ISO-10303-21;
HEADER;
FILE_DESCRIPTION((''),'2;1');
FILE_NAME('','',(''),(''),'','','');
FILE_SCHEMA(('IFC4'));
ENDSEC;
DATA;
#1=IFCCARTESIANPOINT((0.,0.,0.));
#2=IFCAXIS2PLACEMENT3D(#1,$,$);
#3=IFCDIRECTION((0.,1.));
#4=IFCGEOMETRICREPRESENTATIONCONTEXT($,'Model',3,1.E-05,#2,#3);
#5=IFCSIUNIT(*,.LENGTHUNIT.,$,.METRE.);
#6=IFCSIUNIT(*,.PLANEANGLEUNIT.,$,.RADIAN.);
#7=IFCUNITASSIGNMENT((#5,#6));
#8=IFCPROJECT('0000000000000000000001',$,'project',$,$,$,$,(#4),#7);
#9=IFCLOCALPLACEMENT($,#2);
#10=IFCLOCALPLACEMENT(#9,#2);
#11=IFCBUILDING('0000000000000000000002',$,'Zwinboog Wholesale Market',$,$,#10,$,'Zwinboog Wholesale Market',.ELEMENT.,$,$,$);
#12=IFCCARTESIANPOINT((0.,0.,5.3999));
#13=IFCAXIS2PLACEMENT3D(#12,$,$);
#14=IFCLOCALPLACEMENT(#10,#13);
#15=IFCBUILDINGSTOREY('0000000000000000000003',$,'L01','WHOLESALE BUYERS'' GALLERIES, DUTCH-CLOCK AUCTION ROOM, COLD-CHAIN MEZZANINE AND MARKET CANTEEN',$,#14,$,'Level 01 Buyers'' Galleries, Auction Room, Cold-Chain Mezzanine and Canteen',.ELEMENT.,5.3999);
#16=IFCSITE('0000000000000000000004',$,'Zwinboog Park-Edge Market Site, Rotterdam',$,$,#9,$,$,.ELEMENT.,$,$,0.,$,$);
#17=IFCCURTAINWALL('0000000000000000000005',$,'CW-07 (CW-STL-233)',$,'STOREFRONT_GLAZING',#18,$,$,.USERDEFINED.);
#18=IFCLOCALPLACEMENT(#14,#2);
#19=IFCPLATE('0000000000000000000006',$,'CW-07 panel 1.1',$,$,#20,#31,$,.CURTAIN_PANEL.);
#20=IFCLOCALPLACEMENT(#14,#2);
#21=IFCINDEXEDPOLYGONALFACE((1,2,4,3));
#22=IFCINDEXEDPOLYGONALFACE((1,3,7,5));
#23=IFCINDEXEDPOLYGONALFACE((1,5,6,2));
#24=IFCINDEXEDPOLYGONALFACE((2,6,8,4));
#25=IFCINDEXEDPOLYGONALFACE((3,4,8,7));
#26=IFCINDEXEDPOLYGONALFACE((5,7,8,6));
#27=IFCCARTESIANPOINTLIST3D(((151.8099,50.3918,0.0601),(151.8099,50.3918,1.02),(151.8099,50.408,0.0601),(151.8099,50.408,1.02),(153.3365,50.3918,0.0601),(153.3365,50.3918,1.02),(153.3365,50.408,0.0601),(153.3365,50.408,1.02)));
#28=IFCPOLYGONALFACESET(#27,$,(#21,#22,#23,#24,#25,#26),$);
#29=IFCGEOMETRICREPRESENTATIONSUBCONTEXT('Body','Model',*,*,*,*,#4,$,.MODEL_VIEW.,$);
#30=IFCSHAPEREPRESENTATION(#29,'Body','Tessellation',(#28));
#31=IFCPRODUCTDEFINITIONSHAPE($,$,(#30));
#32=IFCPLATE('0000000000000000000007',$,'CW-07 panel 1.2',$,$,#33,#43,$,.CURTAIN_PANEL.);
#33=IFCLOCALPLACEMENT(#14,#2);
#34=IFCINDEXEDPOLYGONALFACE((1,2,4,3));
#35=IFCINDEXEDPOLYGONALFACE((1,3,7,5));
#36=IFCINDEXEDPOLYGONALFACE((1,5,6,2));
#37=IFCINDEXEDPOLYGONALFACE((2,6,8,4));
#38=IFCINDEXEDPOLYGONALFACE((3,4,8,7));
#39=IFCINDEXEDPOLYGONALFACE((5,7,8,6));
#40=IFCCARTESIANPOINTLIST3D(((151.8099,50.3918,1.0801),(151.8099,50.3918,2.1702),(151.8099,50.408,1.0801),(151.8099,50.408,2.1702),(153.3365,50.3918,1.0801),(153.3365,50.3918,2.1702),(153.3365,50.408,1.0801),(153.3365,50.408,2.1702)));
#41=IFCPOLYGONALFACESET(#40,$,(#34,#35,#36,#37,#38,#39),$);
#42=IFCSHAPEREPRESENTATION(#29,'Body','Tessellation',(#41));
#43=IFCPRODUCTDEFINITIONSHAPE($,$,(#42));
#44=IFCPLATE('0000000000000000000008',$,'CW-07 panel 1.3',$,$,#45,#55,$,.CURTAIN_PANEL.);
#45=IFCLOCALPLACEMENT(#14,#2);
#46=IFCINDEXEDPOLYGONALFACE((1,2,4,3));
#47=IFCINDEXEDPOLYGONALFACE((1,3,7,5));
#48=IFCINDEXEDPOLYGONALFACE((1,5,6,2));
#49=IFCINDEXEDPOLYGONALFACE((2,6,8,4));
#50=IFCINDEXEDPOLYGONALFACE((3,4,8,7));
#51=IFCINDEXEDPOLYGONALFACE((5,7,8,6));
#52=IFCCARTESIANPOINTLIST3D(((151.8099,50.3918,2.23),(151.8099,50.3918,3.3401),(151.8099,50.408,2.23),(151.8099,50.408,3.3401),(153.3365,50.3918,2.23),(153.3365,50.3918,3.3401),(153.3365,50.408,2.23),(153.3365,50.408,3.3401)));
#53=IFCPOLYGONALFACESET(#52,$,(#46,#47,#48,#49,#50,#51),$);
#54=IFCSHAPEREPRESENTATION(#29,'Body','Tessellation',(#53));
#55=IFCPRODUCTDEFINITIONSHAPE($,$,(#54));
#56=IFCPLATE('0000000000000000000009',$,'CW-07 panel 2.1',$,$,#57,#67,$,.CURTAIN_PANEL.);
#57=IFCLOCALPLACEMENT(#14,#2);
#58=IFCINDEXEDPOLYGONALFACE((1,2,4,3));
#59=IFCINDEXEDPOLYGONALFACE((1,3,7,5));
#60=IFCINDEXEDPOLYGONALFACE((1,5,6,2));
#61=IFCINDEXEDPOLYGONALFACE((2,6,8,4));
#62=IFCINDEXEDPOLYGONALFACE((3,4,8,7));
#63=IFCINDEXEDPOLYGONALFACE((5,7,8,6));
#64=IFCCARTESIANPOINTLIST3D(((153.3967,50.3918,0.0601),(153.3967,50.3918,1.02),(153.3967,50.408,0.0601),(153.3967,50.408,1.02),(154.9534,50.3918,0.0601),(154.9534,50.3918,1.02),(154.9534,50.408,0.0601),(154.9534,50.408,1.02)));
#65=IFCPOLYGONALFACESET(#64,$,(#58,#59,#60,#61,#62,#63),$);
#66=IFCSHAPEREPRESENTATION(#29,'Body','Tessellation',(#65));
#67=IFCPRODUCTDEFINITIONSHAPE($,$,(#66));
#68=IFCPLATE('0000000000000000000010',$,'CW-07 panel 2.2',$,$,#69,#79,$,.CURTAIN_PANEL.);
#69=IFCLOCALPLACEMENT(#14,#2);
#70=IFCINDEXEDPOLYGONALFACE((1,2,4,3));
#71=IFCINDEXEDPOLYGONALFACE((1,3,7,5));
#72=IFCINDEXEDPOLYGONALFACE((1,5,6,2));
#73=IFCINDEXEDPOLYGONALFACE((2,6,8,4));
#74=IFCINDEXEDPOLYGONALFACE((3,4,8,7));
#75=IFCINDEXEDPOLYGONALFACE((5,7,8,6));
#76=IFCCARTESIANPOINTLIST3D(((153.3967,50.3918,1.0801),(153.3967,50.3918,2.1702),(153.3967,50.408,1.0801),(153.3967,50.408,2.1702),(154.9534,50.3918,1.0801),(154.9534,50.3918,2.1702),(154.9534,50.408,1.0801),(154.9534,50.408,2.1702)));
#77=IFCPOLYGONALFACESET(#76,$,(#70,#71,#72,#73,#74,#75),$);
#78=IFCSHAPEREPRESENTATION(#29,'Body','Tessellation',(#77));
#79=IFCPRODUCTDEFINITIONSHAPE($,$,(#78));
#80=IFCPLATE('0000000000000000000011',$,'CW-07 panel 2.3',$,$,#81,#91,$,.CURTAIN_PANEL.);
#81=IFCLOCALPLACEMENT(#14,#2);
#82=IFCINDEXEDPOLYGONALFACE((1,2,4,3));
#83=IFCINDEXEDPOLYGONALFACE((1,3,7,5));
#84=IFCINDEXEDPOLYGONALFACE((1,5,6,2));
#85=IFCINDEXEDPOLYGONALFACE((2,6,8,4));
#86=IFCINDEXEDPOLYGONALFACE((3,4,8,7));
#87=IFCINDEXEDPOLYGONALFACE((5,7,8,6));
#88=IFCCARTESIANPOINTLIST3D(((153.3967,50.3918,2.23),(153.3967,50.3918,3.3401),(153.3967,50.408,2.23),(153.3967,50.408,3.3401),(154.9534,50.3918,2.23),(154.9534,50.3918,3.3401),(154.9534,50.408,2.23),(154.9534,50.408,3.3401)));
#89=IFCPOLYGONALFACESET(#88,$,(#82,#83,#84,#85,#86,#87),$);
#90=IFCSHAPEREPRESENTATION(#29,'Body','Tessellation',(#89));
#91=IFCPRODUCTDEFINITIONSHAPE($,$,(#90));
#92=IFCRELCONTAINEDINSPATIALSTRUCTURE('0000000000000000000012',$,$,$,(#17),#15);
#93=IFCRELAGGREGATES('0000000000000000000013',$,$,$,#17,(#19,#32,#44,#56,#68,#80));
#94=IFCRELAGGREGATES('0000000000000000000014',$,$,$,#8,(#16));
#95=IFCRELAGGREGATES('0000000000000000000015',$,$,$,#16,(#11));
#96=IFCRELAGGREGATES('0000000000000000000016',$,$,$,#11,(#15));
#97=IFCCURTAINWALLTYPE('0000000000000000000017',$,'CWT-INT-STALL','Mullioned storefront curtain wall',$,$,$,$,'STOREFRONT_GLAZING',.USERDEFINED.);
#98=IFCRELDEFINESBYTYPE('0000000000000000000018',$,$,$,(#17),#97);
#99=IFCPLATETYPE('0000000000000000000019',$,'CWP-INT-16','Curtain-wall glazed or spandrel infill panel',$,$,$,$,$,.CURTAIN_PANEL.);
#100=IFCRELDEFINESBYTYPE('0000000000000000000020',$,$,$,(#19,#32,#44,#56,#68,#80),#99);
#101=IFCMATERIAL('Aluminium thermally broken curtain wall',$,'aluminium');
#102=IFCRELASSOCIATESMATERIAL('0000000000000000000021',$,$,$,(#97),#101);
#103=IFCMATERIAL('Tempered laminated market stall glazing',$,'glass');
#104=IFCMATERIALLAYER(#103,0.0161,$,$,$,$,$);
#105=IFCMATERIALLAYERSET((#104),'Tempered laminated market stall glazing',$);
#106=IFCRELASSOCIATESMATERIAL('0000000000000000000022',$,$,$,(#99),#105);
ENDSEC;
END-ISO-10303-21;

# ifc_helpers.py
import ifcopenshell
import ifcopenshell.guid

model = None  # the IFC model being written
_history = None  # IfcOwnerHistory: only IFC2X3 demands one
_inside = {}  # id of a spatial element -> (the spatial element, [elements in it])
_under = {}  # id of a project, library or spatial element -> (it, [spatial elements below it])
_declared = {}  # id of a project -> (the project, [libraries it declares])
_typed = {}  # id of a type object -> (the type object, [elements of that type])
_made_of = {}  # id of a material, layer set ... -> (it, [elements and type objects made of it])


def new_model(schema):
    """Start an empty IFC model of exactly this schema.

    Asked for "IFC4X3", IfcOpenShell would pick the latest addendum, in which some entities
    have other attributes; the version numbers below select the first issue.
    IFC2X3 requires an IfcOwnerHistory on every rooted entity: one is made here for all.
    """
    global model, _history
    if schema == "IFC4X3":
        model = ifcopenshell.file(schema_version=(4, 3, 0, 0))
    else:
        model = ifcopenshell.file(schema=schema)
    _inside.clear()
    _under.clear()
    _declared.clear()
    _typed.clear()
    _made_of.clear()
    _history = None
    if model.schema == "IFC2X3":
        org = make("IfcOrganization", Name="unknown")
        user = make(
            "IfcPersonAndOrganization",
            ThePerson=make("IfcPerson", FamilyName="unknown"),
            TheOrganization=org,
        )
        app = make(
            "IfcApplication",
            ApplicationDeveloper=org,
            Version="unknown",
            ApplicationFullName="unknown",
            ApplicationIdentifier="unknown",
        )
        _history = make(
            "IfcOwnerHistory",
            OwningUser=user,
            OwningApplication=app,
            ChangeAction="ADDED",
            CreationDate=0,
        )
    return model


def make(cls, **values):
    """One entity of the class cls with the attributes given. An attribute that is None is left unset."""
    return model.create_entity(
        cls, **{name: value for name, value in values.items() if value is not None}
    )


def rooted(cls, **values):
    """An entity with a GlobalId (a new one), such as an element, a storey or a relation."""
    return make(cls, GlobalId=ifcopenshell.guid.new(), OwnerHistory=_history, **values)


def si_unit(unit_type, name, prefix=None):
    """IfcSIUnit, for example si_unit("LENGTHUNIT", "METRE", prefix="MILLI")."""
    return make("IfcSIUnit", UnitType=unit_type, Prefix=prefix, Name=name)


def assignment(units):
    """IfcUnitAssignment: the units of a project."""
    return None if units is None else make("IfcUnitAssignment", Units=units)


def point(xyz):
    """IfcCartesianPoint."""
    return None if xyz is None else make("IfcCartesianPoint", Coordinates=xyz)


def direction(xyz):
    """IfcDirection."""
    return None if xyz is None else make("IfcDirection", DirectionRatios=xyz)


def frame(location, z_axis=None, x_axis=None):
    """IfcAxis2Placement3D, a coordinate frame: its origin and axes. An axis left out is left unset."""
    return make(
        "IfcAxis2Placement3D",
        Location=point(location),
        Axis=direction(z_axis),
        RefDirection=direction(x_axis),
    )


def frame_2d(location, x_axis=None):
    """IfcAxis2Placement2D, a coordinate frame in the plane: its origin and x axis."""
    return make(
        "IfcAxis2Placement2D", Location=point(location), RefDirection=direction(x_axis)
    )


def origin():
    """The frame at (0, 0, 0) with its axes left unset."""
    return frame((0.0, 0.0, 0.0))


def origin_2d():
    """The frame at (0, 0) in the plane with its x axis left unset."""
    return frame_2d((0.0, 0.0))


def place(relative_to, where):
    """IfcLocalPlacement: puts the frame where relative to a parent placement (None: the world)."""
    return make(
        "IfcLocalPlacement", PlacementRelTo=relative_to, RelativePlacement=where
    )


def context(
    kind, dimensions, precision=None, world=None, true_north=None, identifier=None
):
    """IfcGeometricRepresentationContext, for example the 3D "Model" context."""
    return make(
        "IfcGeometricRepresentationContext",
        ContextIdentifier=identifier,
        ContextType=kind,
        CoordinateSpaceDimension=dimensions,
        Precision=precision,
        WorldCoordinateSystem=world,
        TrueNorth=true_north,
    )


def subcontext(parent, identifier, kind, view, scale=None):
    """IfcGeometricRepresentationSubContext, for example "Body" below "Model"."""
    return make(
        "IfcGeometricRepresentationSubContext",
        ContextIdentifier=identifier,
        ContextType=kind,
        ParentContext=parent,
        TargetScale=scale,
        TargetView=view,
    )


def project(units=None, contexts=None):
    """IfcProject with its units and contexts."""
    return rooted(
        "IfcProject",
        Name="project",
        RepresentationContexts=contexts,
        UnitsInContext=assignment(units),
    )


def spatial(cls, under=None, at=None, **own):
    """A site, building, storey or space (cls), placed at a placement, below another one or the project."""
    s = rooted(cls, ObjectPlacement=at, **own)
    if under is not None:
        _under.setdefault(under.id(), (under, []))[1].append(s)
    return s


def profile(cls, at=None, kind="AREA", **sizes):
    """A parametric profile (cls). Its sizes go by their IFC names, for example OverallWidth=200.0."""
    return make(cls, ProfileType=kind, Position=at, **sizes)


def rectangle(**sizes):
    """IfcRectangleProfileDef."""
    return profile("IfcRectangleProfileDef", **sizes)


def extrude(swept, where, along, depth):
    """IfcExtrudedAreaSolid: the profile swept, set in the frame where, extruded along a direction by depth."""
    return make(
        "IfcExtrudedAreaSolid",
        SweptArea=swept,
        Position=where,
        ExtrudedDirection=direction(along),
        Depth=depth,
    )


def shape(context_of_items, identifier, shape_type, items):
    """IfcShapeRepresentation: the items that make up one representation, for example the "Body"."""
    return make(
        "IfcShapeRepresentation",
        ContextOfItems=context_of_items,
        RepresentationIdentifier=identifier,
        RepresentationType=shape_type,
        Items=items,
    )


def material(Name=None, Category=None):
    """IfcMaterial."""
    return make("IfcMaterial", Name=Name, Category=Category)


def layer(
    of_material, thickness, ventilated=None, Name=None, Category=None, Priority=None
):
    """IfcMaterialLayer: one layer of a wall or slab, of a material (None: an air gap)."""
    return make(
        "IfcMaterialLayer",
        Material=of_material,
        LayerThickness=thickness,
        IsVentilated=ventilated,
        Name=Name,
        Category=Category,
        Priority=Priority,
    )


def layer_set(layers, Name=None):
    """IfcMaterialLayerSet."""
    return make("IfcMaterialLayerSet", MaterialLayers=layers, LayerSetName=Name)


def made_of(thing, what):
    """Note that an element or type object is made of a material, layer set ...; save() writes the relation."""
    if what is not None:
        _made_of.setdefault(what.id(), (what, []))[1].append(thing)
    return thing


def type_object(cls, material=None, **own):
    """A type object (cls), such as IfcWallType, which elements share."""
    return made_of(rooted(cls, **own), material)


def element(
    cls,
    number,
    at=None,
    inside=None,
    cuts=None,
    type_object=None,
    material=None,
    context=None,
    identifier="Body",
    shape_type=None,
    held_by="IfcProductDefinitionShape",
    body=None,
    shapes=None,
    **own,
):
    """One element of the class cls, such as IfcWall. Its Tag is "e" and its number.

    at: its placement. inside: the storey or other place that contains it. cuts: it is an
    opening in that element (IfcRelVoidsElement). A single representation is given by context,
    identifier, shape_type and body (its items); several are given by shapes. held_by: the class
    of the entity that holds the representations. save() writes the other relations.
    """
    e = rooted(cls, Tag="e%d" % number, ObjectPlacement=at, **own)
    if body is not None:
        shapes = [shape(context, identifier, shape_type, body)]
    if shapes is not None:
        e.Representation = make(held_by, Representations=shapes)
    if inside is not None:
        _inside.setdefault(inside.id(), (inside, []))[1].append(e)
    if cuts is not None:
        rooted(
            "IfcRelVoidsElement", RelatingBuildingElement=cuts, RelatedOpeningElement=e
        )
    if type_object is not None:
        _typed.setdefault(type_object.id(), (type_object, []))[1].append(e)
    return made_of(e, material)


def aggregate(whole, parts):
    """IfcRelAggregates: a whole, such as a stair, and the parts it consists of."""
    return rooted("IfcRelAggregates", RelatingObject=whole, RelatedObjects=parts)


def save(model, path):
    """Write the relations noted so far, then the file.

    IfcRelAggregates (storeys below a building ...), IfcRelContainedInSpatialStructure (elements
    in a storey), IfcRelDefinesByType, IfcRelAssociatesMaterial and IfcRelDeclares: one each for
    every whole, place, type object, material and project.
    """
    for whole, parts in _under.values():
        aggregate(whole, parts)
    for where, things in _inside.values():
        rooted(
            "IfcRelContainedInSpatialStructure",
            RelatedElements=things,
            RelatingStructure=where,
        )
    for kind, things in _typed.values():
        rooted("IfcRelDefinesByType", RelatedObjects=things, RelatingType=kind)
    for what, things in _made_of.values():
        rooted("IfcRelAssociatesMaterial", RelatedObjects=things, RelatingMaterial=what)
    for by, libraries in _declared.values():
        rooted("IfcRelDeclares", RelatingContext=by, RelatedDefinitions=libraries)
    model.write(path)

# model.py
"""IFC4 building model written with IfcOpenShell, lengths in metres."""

from ifc_helpers import new_model, si_unit, direction, frame, origin, origin_2d, place, context, subcontext, project, spatial, rectangle, extrude, material, layer, layer_set, type_object, element, aggregate, save


model = new_model("IFC4")

# Units and contexts
model_context = context("Model", 3, precision=1e-05, world=origin(), true_north=direction((0.0, 1.0)))
body_context = subcontext(model_context, "Body", "Model", "MODEL_VIEW")
ifc_project = project(units=[si_unit("LENGTHUNIT", "METRE"), si_unit("PLANEANGLEUNIT", "RADIAN")], contexts=[model_context])

# Site, building, storey
site_placement = place(None, origin())
site = spatial("IfcSite", under=ifc_project, at=site_placement, Name="Zwinboog Park-Edge Market Site, Rotterdam", CompositionType="ELEMENT", RefElevation=0.0)
building_placement = place(site_placement, origin())
building = spatial("IfcBuilding", under=site, at=building_placement, Name="Zwinboog Wholesale Market", LongName="Zwinboog Wholesale Market", CompositionType="ELEMENT")
storey_placement = place(building_placement, frame((0.0, 0.0, 5.3999)))
storey = spatial("IfcBuildingStorey", under=building, at=storey_placement, Name="L01", Description="WHOLESALE BUYERS' GALLERIES, DUTCH-CLOCK AUCTION ROOM, COLD-CHAIN MEZZANINE AND MARKET CANTEEN", LongName="Level 01 Buyers' Galleries, Auction Room, Cold-Chain Mezzanine and Canteen", CompositionType="ELEMENT", Elevation=5.3999)

# Shared definitions
ifc_material_1 = material(Name="Aluminium thermally broken curtain wall", Category="aluminium")
curtain_wall_type = type_object("IfcCurtainWallType", Name="CWT-INT-STALL", Description="Mullioned storefront curtain wall", ElementType="STOREFRONT_GLAZING", PredefinedType="USERDEFINED", material=ifc_material_1)

# Curtain wall
curtain_wall_1_placement = place(storey_placement, origin())
curtain_wall_1 = element("IfcCurtainWall", 1, at=curtain_wall_1_placement, inside=storey, type_object=curtain_wall_type, Name="CW-07 (CW-STL-233)", ObjectType="STOREFRONT_GLAZING", PredefinedType="USERDEFINED")

# Plates
ifc_material_2 = material(Name="Tempered laminated market stall glazing", Category="glass")
ifc_layer = layer(ifc_material_2, 0.0161)
ifc_layer_set = layer_set([ifc_layer], Name="Tempered laminated market stall glazing")
plate_type = type_object("IfcPlateType", Name="CWP-INT-16", Description="Curtain-wall glazed or spandrel infill panel", PredefinedType="CURTAIN_PANEL", material=ifc_layer_set)
plate_1_placement = place(storey_placement, frame((152.5732, 50.3999, 0.0601), z_axis=(0.0, 0.0, 1.0), x_axis=(1.0, 0.0, 0.0)))
plate_1 = element("IfcPlate", 2, at=plate_1_placement, type_object=plate_type, Name="CW-07 panel 1.1", PredefinedType="CURTAIN_PANEL", context=body_context, shape_type="SweptSolid", body=[
    extrude(rectangle(XDim=1.5266, YDim=0.0161, at=origin_2d()), origin(), (0.0, 0.0, 1.0), 0.96),
])
plate_2_placement = place(storey_placement, frame((152.5732, 50.3999, 1.0801), z_axis=(0.0, 0.0, 1.0), x_axis=(1.0, 0.0, 0.0)))
plate_2 = element("IfcPlate", 3, at=plate_2_placement, type_object=plate_type, Name="CW-07 panel 1.2", PredefinedType="CURTAIN_PANEL", context=body_context, shape_type="SweptSolid", body=[
    extrude(rectangle(XDim=1.5266, YDim=0.0161, at=origin_2d()), origin(), (0.0, 0.0, 1.0), 1.0901),
])
plate_3_placement = place(storey_placement, frame((152.5732, 50.3999, 2.23), z_axis=(0.0, 0.0, 1.0), x_axis=(1.0, 0.0, 0.0)))
plate_3 = element("IfcPlate", 4, at=plate_3_placement, type_object=plate_type, Name="CW-07 panel 1.3", PredefinedType="CURTAIN_PANEL", context=body_context, shape_type="SweptSolid", body=[
    extrude(rectangle(XDim=1.5266, YDim=0.0161, at=origin_2d()), origin(), (0.0, 0.0, 1.0), 1.1101),
])
plate_4_placement = place(storey_placement, frame((154.175, 50.3999, 0.0601), z_axis=(0.0, 0.0, 1.0), x_axis=(1.0, 0.0, 0.0)))
plate_4 = element("IfcPlate", 5, at=plate_4_placement, type_object=plate_type, Name="CW-07 panel 2.1", PredefinedType="CURTAIN_PANEL", context=body_context, shape_type="SweptSolid", body=[
    extrude(rectangle(XDim=1.5566, YDim=0.0161, at=origin_2d()), origin(), (0.0, 0.0, 1.0), 0.96),
])
plate_5_placement = place(storey_placement, frame((154.175, 50.3999, 1.0801), z_axis=(0.0, 0.0, 1.0), x_axis=(1.0, 0.0, 0.0)))
plate_5 = element("IfcPlate", 6, at=plate_5_placement, type_object=plate_type, Name="CW-07 panel 2.2", PredefinedType="CURTAIN_PANEL", context=body_context, shape_type="SweptSolid", body=[
    extrude(rectangle(XDim=1.5566, YDim=0.0161, at=origin_2d()), origin(), (0.0, 0.0, 1.0), 1.0901),
])
plate_6_placement = place(storey_placement, frame((154.175, 50.3999, 2.23), z_axis=(0.0, 0.0, 1.0), x_axis=(1.0, 0.0, 0.0)))
plate_6 = element("IfcPlate", 7, at=plate_6_placement, type_object=plate_type, Name="CW-07 panel 2.3", PredefinedType="CURTAIN_PANEL", context=body_context, shape_type="SweptSolid", body=[
    extrude(rectangle(XDim=1.5566, YDim=0.0161, at=origin_2d()), origin(), (0.0, 0.0, 1.0), 1.1101),
])
aggregate(curtain_wall_1, [plate_1, plate_2, plate_3, plate_4, plate_5, plate_6])

save(model, "model.ifc")
